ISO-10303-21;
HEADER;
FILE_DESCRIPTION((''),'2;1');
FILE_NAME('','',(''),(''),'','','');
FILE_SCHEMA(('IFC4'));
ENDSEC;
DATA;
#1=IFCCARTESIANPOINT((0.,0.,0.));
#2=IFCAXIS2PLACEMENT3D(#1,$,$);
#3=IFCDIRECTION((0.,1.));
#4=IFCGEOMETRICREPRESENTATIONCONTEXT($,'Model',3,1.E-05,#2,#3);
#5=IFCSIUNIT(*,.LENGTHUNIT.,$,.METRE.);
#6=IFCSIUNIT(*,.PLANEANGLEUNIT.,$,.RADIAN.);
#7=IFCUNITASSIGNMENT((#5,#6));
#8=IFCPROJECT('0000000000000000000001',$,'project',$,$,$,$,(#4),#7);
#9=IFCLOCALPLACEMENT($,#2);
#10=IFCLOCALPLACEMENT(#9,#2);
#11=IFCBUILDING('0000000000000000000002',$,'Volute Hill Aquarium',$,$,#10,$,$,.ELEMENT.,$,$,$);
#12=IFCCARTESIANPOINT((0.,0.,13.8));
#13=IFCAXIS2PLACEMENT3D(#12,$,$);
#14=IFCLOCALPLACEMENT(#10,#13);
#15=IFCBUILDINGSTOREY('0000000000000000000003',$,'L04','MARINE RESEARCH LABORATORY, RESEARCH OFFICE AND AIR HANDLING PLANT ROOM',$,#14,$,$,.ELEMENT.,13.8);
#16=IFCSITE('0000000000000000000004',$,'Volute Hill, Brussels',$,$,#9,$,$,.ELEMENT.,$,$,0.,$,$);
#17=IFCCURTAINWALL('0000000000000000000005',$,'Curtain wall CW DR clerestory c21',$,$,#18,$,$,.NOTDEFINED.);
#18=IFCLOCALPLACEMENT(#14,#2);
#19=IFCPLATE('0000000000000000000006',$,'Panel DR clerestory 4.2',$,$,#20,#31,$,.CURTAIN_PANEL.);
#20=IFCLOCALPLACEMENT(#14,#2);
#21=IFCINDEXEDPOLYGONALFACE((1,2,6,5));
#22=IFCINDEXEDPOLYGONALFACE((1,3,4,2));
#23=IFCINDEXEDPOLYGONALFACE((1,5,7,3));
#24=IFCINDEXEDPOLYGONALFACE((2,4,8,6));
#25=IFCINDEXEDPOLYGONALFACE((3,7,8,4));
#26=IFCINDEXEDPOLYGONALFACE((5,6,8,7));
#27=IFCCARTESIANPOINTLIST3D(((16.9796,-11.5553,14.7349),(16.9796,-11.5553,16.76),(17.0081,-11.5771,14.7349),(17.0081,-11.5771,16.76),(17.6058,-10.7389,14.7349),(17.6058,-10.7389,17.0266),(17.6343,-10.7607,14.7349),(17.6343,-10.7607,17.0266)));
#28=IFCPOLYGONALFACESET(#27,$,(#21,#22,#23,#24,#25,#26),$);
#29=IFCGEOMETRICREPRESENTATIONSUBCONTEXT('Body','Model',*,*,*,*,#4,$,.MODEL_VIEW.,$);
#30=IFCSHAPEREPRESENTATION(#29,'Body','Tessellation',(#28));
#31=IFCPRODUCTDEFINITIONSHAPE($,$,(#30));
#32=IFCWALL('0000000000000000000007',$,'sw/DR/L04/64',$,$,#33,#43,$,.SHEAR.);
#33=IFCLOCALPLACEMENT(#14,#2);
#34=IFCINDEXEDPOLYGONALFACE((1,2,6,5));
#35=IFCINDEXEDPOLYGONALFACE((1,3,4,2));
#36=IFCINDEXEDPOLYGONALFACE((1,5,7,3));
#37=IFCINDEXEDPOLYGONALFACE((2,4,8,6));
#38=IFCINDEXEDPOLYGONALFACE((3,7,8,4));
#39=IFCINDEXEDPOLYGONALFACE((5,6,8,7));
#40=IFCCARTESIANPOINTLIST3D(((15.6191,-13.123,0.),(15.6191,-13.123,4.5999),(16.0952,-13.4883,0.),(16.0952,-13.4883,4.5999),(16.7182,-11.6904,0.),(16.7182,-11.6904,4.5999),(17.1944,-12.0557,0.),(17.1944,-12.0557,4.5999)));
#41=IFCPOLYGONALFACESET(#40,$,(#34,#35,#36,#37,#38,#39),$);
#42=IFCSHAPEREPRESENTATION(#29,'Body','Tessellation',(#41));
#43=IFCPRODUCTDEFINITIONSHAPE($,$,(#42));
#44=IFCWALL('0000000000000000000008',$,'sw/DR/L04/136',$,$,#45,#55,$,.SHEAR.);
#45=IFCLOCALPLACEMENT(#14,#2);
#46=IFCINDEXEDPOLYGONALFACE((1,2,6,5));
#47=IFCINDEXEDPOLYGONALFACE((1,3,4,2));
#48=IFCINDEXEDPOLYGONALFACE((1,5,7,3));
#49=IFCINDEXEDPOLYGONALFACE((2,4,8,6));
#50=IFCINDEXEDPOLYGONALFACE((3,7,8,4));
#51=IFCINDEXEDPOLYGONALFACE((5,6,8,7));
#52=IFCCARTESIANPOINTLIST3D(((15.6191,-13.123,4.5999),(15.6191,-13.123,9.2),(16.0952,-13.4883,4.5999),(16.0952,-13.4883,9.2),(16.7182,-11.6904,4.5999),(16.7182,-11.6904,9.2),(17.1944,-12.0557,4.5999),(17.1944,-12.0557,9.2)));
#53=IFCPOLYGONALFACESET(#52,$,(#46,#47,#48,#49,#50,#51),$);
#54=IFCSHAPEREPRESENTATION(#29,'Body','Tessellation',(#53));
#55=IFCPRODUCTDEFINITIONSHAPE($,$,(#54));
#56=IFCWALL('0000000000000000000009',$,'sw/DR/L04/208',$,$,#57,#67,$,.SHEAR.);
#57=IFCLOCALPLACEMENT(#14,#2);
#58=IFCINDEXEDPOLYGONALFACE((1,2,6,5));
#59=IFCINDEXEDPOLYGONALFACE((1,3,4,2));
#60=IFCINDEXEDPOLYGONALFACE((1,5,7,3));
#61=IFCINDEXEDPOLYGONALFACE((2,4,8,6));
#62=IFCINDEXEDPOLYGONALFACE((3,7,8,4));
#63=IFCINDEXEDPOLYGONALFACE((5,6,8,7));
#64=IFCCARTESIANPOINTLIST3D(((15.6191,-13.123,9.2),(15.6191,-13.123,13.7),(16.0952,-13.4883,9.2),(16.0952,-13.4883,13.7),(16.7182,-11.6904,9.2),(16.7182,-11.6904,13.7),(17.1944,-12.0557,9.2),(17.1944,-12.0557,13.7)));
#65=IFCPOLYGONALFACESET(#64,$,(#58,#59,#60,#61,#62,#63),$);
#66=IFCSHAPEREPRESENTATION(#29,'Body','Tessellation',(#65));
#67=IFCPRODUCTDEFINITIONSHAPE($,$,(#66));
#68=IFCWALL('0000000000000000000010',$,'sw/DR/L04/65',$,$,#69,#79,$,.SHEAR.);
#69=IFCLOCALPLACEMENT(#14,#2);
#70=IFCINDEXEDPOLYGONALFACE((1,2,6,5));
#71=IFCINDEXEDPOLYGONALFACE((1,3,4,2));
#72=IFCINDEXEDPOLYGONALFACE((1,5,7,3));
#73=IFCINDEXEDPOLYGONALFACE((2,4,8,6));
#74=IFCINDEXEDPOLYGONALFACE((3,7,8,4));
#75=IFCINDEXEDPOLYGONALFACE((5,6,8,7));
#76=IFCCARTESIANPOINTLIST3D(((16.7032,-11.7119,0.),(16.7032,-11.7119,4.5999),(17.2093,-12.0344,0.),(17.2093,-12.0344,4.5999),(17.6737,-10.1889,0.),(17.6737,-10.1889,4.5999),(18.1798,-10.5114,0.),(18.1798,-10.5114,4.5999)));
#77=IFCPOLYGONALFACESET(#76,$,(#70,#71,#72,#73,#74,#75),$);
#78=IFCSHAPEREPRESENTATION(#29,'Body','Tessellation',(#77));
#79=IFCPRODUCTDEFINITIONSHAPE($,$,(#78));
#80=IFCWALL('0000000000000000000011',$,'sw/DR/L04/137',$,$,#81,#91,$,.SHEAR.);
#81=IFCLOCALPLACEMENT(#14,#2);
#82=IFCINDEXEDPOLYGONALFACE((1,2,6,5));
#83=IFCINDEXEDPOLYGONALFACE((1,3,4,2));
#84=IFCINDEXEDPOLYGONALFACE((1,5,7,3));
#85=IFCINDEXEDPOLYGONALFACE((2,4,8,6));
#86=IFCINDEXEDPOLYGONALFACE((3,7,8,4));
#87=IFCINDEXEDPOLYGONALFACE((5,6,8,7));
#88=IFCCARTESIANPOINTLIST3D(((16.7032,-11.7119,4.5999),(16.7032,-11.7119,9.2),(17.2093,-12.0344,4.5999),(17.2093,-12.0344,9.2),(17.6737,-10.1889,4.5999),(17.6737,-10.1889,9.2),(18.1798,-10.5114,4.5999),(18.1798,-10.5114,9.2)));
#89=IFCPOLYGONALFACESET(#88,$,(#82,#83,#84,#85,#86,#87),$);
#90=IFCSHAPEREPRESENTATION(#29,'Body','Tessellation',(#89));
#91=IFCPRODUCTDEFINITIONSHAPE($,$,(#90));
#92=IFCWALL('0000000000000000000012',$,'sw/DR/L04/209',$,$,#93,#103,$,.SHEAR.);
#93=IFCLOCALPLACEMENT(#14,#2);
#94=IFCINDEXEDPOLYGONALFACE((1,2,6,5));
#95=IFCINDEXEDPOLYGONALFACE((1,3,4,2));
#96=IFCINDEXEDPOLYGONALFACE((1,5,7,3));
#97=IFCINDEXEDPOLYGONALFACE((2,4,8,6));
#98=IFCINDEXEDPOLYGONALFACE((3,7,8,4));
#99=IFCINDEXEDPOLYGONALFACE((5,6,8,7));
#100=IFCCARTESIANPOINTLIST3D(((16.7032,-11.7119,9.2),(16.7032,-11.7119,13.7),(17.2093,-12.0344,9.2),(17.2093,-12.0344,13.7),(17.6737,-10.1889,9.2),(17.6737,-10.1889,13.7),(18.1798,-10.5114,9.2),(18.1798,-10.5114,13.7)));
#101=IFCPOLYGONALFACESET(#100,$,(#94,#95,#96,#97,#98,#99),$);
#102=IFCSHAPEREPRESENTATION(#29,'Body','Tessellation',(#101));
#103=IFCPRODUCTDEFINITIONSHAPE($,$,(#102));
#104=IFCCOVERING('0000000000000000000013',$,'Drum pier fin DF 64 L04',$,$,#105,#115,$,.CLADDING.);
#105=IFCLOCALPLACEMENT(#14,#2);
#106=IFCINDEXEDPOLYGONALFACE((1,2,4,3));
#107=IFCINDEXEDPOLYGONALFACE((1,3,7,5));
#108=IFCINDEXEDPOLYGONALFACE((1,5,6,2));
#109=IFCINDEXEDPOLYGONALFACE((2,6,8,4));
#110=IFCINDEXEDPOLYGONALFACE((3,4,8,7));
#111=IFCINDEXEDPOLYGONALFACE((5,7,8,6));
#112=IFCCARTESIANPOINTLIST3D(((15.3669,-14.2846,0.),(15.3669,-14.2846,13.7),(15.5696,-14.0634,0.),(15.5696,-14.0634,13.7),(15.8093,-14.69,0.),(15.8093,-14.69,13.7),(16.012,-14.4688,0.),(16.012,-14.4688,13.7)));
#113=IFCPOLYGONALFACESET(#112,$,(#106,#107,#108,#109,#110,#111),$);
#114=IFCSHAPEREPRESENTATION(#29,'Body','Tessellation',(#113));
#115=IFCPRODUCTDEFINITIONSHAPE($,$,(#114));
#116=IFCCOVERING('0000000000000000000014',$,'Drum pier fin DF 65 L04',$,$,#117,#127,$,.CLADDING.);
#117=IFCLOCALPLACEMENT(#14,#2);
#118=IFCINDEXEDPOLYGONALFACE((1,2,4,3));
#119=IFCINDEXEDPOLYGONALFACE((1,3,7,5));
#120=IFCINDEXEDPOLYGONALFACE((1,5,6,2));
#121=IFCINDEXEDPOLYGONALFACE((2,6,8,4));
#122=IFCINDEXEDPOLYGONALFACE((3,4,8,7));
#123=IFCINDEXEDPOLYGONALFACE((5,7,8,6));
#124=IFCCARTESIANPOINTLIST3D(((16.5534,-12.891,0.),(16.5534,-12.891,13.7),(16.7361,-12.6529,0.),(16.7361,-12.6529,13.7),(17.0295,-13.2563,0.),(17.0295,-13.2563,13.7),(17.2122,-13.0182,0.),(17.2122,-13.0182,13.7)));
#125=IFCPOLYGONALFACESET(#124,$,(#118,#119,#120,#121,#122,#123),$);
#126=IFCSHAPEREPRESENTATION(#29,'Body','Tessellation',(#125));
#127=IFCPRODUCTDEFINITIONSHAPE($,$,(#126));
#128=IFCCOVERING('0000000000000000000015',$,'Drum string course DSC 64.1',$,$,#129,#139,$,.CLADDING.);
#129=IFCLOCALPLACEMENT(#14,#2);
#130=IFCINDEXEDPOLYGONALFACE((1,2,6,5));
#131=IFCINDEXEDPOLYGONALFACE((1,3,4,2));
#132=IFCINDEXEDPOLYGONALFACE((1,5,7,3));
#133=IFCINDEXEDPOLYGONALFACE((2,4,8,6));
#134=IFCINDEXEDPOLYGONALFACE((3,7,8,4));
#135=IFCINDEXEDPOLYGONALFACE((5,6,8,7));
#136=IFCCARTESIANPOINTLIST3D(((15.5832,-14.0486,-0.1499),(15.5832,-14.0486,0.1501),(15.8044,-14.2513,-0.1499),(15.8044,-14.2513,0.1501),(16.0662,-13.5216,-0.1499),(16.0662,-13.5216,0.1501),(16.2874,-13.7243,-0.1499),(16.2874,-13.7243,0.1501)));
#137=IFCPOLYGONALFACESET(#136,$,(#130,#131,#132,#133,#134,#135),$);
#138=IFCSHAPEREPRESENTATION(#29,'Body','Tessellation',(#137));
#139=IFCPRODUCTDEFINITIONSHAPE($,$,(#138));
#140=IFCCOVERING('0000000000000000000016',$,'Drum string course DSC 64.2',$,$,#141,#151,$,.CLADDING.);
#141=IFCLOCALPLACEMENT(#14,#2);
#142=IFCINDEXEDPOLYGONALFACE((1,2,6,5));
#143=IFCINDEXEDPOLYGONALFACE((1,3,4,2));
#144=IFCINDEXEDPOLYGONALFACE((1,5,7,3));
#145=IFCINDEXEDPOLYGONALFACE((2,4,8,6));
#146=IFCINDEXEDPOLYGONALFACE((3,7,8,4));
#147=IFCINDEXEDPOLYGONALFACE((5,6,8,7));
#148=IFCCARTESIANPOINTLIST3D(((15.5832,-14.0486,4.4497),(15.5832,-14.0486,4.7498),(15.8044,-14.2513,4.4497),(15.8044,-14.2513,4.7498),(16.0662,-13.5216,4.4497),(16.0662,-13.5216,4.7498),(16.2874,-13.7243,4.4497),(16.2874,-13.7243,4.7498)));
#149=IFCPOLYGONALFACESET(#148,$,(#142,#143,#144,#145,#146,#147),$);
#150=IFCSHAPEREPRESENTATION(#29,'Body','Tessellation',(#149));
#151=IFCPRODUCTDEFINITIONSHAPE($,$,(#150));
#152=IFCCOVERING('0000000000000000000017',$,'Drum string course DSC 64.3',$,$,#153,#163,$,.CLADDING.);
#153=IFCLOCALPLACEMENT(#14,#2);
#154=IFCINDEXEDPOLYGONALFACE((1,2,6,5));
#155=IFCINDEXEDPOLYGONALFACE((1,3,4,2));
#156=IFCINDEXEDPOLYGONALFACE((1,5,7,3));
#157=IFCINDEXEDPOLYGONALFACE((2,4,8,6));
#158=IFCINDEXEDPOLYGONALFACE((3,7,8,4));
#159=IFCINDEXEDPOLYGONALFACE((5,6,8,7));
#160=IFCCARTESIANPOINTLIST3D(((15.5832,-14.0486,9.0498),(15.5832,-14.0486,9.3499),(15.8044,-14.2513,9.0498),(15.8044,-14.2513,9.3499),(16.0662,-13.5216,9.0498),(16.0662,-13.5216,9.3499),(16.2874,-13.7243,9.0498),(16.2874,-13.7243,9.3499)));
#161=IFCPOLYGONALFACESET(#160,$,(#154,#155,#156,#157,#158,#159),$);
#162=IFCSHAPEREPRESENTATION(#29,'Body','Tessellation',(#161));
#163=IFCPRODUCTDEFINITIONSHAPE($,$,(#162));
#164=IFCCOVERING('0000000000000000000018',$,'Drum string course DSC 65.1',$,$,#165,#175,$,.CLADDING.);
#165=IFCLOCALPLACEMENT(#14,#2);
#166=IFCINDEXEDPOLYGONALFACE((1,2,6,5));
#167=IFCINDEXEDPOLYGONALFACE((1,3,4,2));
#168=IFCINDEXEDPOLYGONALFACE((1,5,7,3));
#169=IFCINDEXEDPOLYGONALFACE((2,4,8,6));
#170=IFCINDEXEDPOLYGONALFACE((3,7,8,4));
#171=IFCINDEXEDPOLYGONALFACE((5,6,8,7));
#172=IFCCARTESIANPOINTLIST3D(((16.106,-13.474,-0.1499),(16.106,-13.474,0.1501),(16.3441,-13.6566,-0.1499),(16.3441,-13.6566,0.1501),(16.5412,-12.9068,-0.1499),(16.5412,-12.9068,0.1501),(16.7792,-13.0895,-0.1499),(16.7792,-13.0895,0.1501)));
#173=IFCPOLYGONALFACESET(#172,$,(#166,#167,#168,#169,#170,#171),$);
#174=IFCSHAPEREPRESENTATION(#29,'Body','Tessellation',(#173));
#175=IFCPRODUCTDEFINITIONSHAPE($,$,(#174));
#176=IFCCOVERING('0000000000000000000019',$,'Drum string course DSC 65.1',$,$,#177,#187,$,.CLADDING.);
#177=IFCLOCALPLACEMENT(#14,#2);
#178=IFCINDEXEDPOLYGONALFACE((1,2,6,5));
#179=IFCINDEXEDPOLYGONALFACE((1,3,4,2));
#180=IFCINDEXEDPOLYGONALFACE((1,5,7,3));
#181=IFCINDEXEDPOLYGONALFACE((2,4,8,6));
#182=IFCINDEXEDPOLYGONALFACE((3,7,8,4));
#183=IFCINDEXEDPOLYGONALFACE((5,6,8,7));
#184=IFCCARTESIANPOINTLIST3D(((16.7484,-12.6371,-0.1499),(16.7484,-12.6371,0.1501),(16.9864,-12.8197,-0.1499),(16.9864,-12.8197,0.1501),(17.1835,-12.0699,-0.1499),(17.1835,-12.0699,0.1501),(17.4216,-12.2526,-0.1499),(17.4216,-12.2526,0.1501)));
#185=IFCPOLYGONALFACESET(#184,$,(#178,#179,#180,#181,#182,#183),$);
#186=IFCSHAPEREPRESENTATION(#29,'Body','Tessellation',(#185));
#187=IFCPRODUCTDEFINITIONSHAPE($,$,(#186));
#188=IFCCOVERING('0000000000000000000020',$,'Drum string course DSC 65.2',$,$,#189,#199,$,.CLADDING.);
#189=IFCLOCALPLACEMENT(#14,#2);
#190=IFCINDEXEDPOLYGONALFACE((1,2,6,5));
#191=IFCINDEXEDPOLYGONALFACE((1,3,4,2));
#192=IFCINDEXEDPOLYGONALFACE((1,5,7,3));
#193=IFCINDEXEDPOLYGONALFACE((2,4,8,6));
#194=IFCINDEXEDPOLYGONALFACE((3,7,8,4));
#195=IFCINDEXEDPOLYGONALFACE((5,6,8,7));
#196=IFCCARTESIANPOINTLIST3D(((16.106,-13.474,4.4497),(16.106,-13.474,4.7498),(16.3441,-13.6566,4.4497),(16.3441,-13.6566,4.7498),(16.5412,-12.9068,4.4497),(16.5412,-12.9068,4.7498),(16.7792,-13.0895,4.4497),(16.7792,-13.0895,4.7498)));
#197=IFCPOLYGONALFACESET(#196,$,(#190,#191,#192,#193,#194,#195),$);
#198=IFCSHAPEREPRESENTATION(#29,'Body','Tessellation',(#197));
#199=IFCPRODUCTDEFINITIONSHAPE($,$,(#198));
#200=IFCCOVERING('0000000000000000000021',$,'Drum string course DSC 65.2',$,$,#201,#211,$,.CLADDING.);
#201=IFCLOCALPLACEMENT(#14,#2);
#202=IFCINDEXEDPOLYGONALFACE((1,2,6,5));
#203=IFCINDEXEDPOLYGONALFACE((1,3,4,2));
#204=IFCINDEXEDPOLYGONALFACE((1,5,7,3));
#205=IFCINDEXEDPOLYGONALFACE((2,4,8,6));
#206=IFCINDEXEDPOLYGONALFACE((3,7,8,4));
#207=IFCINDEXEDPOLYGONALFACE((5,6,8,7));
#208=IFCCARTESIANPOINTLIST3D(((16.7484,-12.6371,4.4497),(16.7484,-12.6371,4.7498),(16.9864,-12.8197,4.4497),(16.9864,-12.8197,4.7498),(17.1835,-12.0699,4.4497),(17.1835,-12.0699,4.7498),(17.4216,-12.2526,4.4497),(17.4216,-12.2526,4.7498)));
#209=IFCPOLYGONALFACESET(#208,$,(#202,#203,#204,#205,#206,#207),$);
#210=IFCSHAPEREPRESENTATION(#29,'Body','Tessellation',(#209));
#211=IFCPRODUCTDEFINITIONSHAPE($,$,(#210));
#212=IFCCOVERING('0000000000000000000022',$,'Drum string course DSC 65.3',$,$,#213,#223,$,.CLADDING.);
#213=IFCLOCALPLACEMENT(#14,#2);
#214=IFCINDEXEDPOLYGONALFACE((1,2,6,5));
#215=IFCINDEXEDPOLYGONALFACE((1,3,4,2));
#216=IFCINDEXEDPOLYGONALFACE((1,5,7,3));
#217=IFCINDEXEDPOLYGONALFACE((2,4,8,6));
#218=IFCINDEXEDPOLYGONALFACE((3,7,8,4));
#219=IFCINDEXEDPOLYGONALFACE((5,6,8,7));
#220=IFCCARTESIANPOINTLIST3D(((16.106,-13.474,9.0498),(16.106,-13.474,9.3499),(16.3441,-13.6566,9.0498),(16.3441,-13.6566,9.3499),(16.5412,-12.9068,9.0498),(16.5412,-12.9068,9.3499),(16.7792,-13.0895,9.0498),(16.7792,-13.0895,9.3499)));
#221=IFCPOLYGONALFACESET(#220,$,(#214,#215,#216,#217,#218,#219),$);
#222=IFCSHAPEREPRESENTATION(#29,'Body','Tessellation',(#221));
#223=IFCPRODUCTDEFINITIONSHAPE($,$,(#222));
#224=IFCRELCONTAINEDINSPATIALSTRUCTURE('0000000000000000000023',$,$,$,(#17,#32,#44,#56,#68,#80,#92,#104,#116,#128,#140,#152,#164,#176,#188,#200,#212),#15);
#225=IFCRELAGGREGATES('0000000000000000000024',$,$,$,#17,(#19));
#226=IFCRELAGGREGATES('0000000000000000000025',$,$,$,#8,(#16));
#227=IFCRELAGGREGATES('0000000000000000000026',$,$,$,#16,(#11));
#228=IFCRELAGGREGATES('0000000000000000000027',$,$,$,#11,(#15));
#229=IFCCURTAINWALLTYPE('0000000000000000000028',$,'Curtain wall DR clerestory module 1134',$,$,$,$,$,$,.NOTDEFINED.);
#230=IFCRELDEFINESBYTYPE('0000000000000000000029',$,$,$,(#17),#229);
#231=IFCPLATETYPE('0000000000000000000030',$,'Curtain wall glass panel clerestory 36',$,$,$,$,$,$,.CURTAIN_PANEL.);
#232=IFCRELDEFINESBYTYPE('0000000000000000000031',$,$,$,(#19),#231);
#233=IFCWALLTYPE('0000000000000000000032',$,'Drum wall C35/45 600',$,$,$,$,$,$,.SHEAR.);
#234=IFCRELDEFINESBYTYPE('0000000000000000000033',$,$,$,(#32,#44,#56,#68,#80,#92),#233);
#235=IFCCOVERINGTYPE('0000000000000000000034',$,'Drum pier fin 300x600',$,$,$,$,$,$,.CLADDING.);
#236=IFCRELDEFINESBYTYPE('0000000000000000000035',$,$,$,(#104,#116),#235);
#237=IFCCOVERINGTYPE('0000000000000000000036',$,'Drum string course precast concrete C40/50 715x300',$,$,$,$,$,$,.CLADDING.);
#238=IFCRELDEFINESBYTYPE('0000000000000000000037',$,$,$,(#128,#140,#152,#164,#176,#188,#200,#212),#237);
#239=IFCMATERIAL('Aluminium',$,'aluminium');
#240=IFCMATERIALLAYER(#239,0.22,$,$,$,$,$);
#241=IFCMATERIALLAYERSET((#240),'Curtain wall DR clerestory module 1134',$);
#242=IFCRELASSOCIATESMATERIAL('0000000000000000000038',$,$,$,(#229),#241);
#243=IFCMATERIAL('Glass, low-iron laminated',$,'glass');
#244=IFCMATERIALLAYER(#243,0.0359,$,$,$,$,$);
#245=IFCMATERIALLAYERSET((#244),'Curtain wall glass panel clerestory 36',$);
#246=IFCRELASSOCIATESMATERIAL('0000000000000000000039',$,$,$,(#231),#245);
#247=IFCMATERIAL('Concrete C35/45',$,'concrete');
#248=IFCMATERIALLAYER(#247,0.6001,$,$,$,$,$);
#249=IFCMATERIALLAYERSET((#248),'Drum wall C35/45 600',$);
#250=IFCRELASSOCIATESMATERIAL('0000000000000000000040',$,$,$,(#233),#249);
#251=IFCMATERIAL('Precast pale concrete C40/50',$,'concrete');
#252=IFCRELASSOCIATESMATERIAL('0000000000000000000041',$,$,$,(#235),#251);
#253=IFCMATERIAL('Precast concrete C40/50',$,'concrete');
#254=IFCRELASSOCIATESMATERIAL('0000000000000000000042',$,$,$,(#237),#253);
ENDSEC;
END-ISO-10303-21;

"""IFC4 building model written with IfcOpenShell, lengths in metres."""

from ifc_helpers import new_model, si_unit, direction, frame, frame_2d, origin, origin_2d, place, context, subcontext, project, spatial, polyline, rectangle, outline, extrude, material, layer, layer_set, type_object, element, aggregate, save


model = new_model("IFC4")

# Units and contexts
model_context = context("Model", 3, precision=1e-05, world=origin(), true_north=direction((0.0, 1.0)))
body_context = subcontext(model_context, "Body", "Model", "MODEL_VIEW")
ifc_project = project(units=[si_unit("LENGTHUNIT", "METRE"), si_unit("PLANEANGLEUNIT", "RADIAN")], contexts=[model_context])

# Site, building, storey
site_placement = place(None, origin())
site = spatial("IfcSite", under=ifc_project, at=site_placement, Name="Volute Hill, Brussels", CompositionType="ELEMENT", RefElevation=0.0)
building_placement = place(site_placement, origin())
building = spatial("IfcBuilding", under=site, at=building_placement, Name="Volute Hill Aquarium", CompositionType="ELEMENT")
storey_placement = place(building_placement, frame((0.0, 0.0, 13.8)))
storey = spatial("IfcBuildingStorey", under=building, at=storey_placement, Name="L04", Description="MARINE RESEARCH LABORATORY, RESEARCH OFFICE AND AIR HANDLING PLANT ROOM", CompositionType="ELEMENT", Elevation=13.8)

# Curtain wall, plate
ifc_material_1 = material(Name="Aluminium", Category="aluminium")
ifc_layer_1 = layer(ifc_material_1, 0.22)
ifc_layer_set_1 = layer_set([ifc_layer_1], Name="Curtain wall DR clerestory module 1134")
curtain_wall_type = type_object("IfcCurtainWallType", Name="Curtain wall DR clerestory module 1134", PredefinedType="NOTDEFINED", material=ifc_layer_set_1)
curtain_wall_placement = place(storey_placement, origin())
curtain_wall = element("IfcCurtainWall", 1, at=curtain_wall_placement, inside=storey, type_object=curtain_wall_type, Name="Curtain wall CW DR clerestory c21", PredefinedType="NOTDEFINED")
ifc_material_2 = material(Name="Glass, low-iron laminated", Category="glass")
ifc_layer_2 = layer(ifc_material_2, 0.0359)
ifc_layer_set_2 = layer_set([ifc_layer_2], Name="Curtain wall glass panel clerestory 36")
plate_type = type_object("IfcPlateType", Name="Curtain wall glass panel clerestory 36", PredefinedType="CURTAIN_PANEL", material=ifc_layer_set_2)
plate_1_placement = place(storey_placement, frame((17.0081, -11.5771, 14.7349), z_axis=(0.793461, -0.608621, 0.0), x_axis=(0.608621, 0.793461, 0.0)))
plate_1 = element("IfcPlate", 2, at=plate_1_placement, type_object=plate_type, Name="Panel DR clerestory 4.2", PredefinedType="CURTAIN_PANEL", context=body_context, shape_type="SweptSolid", body=[
    extrude(outline(polyline([(0.0, 0.0), (1.0289, 0.0), (1.0289, 2.2917), (0.0, 2.0251), (0.0, 0.0)])), origin(), (0.0, 0.0, -1.0), 0.0359),
])
aggregate(curtain_wall, [plate_1])

# Walls
ifc_material_3 = material(Name="Concrete C35/45", Category="concrete")
ifc_layer_3 = layer(ifc_material_3, 0.6001)
ifc_layer_set_3 = layer_set([ifc_layer_3], Name="Drum wall C35/45 600")
wall_type = type_object("IfcWallType", Name="Drum wall C35/45 600", PredefinedType="SHEAR", material=ifc_layer_set_3)
wall_1_placement = place(storey_placement, frame((15.8572, -13.3057, 0.0), z_axis=(0.0, 0.0, 1.0), x_axis=(0.608704, 0.793397, 0.0)))
element("IfcWall", 3, at=wall_1_placement, inside=storey, type_object=wall_type, Name="sw/DR/L04/64", PredefinedType="SHEAR", context=body_context, shape_type="SweptSolid", body=[
    extrude(rectangle(XDim=1.8057, YDim=0.6001, at=frame_2d((0.9028, 0.0))), origin(), (0.0, 0.0, 1.0), 4.5999),
])
wall_2_placement = place(storey_placement, frame((15.8572, -13.3057, 4.5999), z_axis=(0.0, 0.0, 1.0), x_axis=(0.608704, 0.793397, 0.0)))
element("IfcWall", 4, at=wall_2_placement, inside=storey, type_object=wall_type, Name="sw/DR/L04/136", PredefinedType="SHEAR", context=body_context, shape_type="SweptSolid", body=[
    extrude(rectangle(XDim=1.8057, YDim=0.6001, at=frame_2d((0.9028, 0.0))), origin(), (0.0, 0.0, 1.0), 4.6001),
])
wall_3_placement = place(storey_placement, frame((15.8572, -13.3057, 9.2), z_axis=(0.0, 0.0, 1.0), x_axis=(0.608704, 0.793397, 0.0)))
element("IfcWall", 5, at=wall_3_placement, inside=storey, type_object=wall_type, Name="sw/DR/L04/208", PredefinedType="SHEAR", context=body_context, shape_type="SweptSolid", body=[
    extrude(rectangle(XDim=1.8057, YDim=0.6001, at=frame_2d((0.9028, 0.0))), origin(), (0.0, 0.0, 1.0), 4.5),
])
wall_4_placement = place(storey_placement, frame((16.9563, -11.873, 0.0), z_axis=(0.0, 0.0, 1.0), x_axis=(0.537392, 0.843333, 0.0)))
element("IfcWall", 6, at=wall_4_placement, inside=storey, type_object=wall_type, Name="sw/DR/L04/65", PredefinedType="SHEAR", context=body_context, shape_type="SweptSolid", body=[
    extrude(rectangle(XDim=1.8059, YDim=0.6001, at=frame_2d((0.9028, 0.0))), origin(), (0.0, 0.0, 1.0), 4.5999),
])
wall_5_placement = place(storey_placement, frame((16.9563, -11.873, 4.5999), z_axis=(0.0, 0.0, 1.0), x_axis=(0.537392, 0.843333, 0.0)))
element("IfcWall", 7, at=wall_5_placement, inside=storey, type_object=wall_type, Name="sw/DR/L04/137", PredefinedType="SHEAR", context=body_context, shape_type="SweptSolid", body=[
    extrude(rectangle(XDim=1.8059, YDim=0.6001, at=frame_2d((0.9028, 0.0))), origin(), (0.0, 0.0, 1.0), 4.6001),
])
wall_6_placement = place(storey_placement, frame((16.9563, -11.873, 9.2), z_axis=(0.0, 0.0, 1.0), x_axis=(0.537392, 0.843333, 0.0)))
element("IfcWall", 8, at=wall_6_placement, inside=storey, type_object=wall_type, Name="sw/DR/L04/209", PredefinedType="SHEAR", context=body_context, shape_type="SweptSolid", body=[
    extrude(rectangle(XDim=1.8059, YDim=0.6001, at=frame_2d((0.9028, 0.0))), origin(), (0.0, 0.0, 1.0), 4.5),
])

# Coverings
ifc_material_4 = material(Name="Precast pale concrete C40/50", Category="concrete")
covering_type_1 = type_object("IfcCoveringType", Name="Drum pier fin 300x600", PredefinedType="CLADDING", material=ifc_material_4)
for number, where, z_axis, x_axis, name in (
    (9, (15.6895, -14.3767, 0.0), (0.0, 0.0, 1.0), (0.67559, 0.737277, 0.0), "Drum pier fin DF 64 L04"),
    (10, (16.8828, -12.9546, 0.0), (0.0, 0.0, 1.0), (0.608761, 0.793353, 0.0), "Drum pier fin DF 65 L04"),
):
    element("IfcCovering", number, at=place(storey_placement, frame(where, z_axis=z_axis, x_axis=x_axis)), inside=storey, type_object=covering_type_1, Name=name, PredefinedType="CLADDING", context=body_context, shape_type="SweptSolid", body=[
        extrude(rectangle(XDim=0.3, YDim=0.6001, at=origin_2d()), origin(), (0.0, 0.0, 1.0), 13.7),
    ])
ifc_material_5 = material(Name="Precast concrete C40/50", Category="concrete")
covering_type_2 = type_object("IfcCoveringType", Name="Drum string course precast concrete C40/50 715x300", PredefinedType="CLADDING", material=ifc_material_5)
for number, where, z_axis, x_axis, name in (
    (11, (15.9353, -13.8865, -0.1499), (0.0, 0.0, 1.0), (0.67559, 0.737277, 0.0), "Drum string course DSC 64.1"),
    (12, (15.9353, -13.8865, 4.4497), (0.0, 0.0, 1.0), (0.67559, 0.737277, 0.0), "Drum string course DSC 64.2"),
    (13, (15.9353, -13.8865, 9.0498), (0.0, 0.0, 1.0), (0.67559, 0.737277, 0.0), "Drum string course DSC 64.3"),
    (14, (16.4426, -13.2817, -0.1499), (0.0, 0.0, 1.0), (0.608761, 0.793353, 0.0), "Drum string course DSC 65.1"),
    (15, (17.085, -12.4448, -0.1499), (0.0, 0.0, 1.0), (0.608761, 0.793353, 0.0), "Drum string course DSC 65.1"),
    (16, (16.4426, -13.2817, 4.4497), (0.0, 0.0, 1.0), (0.608761, 0.793353, 0.0), "Drum string course DSC 65.2"),
    (17, (17.085, -12.4448, 4.4497), (0.0, 0.0, 1.0), (0.608761, 0.793353, 0.0), "Drum string course DSC 65.2"),
    (18, (16.4426, -13.2817, 9.0498), (0.0, 0.0, 1.0), (0.608761, 0.793353, 0.0), "Drum string course DSC 65.3"),
):
    element("IfcCovering", number, at=place(storey_placement, frame(where, z_axis=z_axis, x_axis=x_axis)), inside=storey, type_object=covering_type_2, Name=name, PredefinedType="CLADDING", context=body_context, shape_type="SweptSolid", body=[
        extrude(rectangle(XDim=0.7148, YDim=0.3, at=origin_2d()), origin(), (0.0, 0.0, 1.0), 0.3),
    ])

save(model, "model.ifc")
